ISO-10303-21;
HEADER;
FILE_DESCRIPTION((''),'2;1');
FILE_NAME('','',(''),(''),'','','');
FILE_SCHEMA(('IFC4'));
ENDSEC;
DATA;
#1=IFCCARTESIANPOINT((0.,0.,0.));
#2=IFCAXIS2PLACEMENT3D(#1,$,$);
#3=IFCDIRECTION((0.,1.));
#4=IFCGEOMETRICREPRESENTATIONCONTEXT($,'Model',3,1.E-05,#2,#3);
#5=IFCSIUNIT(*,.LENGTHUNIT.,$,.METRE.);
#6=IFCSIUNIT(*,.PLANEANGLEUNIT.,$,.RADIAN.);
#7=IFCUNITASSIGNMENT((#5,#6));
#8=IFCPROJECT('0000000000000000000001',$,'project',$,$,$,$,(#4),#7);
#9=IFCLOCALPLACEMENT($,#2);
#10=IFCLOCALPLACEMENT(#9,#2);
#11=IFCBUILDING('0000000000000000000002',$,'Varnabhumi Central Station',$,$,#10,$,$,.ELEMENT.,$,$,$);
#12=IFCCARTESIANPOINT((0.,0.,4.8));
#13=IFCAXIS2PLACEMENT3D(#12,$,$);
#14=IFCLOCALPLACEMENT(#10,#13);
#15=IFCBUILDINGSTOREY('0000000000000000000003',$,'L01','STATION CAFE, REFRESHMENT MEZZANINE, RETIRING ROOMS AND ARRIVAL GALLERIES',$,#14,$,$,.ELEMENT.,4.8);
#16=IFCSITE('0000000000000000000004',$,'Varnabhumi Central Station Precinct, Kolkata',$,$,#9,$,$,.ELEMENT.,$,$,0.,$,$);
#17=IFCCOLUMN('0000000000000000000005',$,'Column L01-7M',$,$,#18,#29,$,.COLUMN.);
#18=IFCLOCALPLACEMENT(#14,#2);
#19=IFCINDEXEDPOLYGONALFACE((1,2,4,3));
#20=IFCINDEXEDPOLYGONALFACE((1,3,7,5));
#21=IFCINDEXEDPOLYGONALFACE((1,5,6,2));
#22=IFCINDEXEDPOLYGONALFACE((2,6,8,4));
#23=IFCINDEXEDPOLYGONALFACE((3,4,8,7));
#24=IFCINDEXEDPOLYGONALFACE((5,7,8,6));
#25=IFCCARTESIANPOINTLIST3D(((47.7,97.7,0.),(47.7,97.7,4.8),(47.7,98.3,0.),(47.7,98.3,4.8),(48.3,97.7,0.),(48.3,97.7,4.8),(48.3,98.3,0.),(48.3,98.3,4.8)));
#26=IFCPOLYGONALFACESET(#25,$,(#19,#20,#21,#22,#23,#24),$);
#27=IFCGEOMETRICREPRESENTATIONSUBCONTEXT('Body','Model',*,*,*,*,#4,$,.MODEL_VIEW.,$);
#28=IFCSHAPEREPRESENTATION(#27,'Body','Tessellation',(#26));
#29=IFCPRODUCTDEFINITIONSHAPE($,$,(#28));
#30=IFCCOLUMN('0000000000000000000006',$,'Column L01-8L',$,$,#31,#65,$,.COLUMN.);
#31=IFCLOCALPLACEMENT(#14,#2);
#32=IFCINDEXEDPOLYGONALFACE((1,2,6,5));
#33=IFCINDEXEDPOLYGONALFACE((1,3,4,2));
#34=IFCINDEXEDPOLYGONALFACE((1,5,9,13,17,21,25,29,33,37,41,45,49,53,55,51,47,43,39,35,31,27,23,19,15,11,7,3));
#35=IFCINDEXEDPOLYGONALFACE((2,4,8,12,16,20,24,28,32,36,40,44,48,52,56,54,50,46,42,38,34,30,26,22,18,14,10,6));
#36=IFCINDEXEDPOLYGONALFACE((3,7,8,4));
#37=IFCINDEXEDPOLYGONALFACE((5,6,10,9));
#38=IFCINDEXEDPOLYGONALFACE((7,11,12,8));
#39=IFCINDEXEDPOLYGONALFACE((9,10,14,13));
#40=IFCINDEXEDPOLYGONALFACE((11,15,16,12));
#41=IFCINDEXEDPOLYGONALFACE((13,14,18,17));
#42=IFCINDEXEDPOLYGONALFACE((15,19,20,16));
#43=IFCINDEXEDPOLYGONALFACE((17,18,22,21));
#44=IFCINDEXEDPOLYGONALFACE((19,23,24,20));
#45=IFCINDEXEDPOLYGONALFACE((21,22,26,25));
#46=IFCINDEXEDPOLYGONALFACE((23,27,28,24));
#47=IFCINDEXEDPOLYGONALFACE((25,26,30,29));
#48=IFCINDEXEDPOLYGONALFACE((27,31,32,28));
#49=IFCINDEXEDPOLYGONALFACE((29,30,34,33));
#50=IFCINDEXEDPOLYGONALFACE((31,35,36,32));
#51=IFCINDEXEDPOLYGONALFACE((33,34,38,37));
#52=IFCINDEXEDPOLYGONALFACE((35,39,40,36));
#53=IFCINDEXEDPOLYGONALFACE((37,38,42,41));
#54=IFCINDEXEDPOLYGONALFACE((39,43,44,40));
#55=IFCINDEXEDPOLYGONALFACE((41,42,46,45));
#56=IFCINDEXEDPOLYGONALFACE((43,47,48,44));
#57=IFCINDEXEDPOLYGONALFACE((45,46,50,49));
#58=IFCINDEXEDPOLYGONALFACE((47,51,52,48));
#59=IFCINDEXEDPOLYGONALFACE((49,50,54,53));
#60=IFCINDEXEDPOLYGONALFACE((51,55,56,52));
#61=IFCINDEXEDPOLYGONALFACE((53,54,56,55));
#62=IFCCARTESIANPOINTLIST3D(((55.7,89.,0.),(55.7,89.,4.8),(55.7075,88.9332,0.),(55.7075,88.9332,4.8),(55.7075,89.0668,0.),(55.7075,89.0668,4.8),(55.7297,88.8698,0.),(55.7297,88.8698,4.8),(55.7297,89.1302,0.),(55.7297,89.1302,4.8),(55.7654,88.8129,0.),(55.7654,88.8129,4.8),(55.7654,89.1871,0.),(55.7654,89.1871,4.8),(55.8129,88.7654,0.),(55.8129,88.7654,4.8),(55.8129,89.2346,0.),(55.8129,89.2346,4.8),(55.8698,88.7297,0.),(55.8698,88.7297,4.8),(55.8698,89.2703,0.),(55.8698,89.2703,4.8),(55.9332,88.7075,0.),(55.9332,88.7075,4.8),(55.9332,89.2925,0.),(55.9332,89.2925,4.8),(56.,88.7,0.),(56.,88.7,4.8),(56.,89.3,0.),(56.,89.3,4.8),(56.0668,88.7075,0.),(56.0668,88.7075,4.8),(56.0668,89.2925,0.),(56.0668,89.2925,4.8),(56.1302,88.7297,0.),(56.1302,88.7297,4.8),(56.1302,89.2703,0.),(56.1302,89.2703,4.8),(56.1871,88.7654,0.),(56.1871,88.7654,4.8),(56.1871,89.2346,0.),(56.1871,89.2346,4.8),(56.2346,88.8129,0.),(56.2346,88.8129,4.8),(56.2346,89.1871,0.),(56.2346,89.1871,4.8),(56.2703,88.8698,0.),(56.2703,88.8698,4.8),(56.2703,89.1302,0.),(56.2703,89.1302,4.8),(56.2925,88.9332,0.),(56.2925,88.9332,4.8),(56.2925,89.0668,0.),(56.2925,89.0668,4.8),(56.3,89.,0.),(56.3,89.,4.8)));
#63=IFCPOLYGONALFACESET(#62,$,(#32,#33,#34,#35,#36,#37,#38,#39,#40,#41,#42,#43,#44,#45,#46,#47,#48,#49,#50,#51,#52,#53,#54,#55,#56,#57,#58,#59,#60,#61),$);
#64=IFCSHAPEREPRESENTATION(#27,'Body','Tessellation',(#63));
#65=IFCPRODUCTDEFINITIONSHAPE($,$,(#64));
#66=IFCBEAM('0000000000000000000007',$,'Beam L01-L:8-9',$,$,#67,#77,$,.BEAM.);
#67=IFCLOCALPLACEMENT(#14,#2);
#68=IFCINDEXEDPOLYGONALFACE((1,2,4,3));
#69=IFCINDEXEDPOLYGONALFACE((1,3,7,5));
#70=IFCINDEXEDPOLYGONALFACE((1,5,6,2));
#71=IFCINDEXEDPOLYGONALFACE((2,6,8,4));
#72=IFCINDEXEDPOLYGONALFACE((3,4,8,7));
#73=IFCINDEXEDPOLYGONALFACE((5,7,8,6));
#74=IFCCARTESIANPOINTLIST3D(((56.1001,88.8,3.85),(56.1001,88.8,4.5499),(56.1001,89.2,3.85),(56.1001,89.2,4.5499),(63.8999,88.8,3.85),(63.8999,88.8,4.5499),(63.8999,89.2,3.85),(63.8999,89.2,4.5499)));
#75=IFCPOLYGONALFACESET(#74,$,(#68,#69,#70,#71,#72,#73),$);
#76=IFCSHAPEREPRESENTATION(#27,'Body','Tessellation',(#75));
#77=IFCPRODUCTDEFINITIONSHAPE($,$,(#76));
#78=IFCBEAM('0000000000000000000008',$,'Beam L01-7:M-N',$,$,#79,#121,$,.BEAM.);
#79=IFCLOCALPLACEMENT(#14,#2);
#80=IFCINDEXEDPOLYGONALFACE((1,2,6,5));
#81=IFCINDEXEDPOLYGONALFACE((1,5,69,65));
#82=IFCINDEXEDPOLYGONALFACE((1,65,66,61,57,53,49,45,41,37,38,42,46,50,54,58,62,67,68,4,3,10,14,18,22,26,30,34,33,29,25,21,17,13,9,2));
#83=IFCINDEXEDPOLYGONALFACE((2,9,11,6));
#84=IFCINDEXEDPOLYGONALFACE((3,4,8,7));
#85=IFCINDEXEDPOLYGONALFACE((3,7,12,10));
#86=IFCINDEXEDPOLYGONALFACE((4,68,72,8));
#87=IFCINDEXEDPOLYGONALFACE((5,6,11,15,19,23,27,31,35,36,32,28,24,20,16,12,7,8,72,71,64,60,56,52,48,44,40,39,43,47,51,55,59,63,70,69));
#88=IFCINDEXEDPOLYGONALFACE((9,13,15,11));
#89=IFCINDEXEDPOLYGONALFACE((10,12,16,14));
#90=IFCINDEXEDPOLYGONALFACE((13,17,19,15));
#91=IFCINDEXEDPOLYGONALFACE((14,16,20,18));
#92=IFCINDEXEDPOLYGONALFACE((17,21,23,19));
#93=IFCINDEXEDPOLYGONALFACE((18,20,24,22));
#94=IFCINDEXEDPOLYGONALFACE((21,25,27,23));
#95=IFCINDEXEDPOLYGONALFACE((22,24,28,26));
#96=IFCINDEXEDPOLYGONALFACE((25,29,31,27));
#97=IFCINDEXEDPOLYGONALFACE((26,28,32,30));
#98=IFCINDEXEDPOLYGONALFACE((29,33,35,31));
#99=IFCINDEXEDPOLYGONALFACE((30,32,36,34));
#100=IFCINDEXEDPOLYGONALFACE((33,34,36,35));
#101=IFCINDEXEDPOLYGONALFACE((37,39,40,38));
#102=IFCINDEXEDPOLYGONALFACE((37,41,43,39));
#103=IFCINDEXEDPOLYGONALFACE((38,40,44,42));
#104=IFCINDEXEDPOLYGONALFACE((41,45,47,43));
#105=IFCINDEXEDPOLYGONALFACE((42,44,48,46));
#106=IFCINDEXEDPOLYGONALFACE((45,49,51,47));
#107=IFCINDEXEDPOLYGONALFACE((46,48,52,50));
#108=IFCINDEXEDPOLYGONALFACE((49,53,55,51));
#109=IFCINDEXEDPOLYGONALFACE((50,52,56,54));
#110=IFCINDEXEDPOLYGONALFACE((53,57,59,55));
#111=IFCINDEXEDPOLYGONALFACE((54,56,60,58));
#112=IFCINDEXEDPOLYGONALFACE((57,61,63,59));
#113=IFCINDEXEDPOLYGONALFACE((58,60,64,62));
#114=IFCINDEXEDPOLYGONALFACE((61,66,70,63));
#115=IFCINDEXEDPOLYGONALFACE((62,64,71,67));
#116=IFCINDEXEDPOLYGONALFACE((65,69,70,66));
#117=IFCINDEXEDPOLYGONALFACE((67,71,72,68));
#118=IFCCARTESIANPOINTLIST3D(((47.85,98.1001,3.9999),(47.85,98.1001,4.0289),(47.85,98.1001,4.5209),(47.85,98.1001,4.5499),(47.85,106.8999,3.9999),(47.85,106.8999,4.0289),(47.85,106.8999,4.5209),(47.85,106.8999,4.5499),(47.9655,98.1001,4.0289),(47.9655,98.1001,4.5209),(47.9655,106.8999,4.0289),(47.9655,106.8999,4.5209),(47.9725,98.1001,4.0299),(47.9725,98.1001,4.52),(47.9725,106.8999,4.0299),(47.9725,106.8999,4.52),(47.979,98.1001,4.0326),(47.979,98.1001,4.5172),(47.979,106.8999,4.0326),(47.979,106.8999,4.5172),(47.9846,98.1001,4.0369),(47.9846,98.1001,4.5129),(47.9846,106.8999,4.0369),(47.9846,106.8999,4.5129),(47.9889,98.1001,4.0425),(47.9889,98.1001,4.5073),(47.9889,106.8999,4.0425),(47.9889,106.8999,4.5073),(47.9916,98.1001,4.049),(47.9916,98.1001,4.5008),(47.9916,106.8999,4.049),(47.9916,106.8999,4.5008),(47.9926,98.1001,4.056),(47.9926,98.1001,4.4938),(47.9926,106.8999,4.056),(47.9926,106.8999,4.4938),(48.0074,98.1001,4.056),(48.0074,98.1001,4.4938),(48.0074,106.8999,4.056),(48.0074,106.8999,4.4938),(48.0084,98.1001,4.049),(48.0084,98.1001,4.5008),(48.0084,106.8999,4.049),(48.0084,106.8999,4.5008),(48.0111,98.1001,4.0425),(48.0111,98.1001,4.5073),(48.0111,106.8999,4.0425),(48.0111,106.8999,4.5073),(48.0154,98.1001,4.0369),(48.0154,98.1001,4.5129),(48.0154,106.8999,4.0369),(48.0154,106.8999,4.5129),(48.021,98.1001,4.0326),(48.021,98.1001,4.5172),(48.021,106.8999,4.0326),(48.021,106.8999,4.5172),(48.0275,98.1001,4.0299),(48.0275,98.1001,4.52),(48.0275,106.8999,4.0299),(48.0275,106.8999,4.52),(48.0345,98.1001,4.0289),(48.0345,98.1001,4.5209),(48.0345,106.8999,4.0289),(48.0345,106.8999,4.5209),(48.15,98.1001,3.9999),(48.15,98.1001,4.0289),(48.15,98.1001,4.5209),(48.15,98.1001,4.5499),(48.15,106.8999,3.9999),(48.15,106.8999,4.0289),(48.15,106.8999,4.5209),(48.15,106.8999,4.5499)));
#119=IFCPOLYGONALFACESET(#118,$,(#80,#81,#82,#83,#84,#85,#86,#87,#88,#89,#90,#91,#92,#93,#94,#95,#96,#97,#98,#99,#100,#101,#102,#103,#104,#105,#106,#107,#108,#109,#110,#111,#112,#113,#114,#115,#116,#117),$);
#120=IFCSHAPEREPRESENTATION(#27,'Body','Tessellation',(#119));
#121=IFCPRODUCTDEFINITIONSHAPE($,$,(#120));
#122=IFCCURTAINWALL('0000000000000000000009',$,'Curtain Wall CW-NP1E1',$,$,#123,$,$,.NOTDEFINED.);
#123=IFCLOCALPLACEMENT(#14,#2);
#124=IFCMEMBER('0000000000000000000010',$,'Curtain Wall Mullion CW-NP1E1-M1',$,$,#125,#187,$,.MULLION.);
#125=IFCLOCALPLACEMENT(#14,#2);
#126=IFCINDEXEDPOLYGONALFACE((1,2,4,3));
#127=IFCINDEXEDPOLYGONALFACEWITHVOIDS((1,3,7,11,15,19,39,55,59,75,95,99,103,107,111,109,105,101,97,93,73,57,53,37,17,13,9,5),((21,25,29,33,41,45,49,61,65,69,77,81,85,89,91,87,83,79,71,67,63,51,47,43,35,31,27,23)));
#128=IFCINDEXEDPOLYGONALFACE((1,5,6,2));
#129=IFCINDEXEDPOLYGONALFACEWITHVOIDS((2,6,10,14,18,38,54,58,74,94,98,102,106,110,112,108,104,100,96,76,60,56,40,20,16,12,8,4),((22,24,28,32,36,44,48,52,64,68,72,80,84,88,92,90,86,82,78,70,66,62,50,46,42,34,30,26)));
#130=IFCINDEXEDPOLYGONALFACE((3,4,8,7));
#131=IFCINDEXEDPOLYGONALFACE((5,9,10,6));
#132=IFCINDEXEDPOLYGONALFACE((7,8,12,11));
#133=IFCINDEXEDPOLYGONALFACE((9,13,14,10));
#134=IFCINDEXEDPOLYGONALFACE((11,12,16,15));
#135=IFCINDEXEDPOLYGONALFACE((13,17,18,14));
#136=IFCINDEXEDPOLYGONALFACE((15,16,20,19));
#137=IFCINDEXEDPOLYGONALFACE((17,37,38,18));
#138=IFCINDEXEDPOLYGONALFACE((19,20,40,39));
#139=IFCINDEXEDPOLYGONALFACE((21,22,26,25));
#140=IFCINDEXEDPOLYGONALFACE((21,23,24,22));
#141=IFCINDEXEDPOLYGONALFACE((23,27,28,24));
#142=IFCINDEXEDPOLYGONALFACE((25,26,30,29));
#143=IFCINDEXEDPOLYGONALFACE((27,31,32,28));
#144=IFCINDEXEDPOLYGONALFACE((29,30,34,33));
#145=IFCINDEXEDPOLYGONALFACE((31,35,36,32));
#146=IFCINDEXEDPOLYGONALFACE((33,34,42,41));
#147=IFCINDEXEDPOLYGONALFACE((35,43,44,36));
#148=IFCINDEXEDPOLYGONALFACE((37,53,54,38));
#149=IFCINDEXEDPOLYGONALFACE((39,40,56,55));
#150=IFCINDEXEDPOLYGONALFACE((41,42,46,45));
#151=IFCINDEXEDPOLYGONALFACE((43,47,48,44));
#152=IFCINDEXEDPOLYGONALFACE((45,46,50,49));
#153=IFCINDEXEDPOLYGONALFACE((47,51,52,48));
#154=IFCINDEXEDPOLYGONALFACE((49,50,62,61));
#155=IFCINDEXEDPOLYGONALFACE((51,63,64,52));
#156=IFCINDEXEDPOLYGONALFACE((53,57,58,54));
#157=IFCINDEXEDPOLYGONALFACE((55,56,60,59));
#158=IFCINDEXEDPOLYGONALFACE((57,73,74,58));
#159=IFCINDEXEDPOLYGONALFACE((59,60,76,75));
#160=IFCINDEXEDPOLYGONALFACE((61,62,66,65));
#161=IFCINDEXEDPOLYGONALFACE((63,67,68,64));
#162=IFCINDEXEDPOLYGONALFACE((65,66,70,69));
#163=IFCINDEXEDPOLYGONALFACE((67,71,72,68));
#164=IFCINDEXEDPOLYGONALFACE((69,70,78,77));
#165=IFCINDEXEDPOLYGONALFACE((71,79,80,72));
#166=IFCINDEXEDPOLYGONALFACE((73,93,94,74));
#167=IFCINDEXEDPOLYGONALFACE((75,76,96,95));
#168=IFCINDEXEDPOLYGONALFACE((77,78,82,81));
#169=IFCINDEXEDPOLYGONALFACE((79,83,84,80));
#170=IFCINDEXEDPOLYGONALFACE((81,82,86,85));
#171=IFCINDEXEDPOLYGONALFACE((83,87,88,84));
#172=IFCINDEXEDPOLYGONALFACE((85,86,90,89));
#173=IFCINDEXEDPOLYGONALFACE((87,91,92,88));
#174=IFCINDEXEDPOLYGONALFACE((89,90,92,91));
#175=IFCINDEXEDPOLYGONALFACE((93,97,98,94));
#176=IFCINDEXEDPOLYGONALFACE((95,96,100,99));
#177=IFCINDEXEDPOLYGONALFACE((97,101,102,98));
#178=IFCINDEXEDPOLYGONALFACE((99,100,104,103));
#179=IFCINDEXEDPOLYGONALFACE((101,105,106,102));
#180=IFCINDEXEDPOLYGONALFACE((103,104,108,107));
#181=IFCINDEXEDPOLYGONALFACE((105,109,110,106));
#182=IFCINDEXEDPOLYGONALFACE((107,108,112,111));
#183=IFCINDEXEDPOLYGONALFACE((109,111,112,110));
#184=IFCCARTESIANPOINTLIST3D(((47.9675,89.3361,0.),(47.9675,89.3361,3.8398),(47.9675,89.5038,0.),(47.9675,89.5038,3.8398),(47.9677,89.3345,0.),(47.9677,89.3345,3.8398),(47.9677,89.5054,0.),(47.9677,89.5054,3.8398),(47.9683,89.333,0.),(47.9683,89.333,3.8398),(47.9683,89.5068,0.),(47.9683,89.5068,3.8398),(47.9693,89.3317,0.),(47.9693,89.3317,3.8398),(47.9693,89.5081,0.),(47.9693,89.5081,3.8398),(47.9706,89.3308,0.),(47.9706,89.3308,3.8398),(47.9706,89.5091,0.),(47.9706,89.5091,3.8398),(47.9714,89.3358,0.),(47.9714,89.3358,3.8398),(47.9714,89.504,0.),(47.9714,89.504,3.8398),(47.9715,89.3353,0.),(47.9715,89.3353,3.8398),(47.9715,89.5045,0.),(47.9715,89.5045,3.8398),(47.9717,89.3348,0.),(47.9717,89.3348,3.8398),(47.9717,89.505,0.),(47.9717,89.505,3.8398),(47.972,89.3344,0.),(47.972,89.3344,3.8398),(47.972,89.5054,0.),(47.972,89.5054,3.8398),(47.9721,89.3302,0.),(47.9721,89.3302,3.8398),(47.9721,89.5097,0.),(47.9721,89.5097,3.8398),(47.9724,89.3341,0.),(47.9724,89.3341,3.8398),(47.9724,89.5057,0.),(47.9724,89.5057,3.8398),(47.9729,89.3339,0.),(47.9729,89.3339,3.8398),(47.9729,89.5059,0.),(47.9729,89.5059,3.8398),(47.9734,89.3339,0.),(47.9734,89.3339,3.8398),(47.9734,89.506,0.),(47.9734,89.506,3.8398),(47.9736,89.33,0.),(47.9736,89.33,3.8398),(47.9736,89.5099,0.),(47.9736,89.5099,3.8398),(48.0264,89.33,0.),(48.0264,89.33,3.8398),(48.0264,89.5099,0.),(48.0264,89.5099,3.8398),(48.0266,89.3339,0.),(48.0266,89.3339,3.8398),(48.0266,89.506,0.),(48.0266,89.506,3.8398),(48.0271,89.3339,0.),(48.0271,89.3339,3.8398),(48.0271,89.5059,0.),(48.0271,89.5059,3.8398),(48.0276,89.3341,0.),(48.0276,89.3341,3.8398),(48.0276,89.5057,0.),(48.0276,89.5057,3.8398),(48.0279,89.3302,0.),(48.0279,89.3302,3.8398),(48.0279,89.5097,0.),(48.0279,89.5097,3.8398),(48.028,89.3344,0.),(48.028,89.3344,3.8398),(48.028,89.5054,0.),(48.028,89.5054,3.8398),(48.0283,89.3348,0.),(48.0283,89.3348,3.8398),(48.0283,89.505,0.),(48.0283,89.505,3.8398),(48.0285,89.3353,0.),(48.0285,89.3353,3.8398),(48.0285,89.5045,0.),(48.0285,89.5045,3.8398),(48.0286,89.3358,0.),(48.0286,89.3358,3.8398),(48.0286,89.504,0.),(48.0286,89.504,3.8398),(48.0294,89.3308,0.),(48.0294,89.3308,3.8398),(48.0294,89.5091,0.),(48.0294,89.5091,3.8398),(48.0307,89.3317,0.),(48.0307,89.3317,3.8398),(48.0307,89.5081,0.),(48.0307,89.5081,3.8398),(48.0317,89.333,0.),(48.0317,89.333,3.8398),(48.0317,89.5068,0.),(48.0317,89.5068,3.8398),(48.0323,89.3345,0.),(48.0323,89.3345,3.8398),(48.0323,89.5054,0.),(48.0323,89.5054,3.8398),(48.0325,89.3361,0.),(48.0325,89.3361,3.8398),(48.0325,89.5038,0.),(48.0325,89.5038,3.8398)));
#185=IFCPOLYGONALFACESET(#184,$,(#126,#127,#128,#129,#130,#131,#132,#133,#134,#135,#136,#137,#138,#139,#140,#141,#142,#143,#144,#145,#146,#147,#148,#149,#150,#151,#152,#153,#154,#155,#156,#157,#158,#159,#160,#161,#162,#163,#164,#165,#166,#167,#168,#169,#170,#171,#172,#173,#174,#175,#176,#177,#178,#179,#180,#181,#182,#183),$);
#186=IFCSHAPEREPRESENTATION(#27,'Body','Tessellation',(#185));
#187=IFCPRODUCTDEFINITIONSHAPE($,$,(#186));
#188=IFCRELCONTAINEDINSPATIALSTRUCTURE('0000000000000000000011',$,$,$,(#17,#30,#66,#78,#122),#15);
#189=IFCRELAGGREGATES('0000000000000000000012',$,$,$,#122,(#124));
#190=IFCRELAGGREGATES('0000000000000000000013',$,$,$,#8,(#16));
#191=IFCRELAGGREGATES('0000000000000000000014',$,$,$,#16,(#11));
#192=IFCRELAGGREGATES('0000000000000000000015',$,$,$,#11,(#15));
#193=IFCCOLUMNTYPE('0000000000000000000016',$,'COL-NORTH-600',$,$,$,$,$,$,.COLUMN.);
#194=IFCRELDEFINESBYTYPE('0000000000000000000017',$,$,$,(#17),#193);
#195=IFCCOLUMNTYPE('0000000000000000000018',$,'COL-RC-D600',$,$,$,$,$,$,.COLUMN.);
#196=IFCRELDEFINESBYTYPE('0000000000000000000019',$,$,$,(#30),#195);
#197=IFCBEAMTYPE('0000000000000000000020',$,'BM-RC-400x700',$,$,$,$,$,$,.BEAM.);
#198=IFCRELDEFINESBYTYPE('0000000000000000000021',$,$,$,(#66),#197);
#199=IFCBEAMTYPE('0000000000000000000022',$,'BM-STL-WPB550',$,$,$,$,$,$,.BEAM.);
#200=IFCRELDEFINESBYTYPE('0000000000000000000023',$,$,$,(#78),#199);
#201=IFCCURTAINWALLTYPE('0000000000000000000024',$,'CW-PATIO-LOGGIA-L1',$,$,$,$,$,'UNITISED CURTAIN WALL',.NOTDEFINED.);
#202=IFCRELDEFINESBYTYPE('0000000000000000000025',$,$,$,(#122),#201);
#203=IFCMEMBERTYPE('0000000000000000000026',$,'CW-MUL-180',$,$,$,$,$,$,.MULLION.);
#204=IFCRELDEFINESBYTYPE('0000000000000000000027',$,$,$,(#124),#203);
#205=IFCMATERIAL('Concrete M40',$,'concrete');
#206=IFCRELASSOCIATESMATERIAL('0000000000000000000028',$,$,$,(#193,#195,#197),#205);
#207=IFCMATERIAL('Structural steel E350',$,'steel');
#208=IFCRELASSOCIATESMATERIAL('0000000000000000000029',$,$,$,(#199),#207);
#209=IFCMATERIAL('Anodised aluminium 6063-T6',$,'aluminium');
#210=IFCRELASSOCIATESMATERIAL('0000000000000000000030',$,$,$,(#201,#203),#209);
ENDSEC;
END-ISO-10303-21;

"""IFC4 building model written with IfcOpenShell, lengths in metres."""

from ifc_helpers import new_model, si_unit, direction, frame, origin, origin_2d, place, context, subcontext, project, spatial, rectangle, hollow_rectangle, circle, i_section, extrude, material, material_profile, profile_set, type_object, element, aggregate, save


model = new_model("IFC4")

# Units and contexts
model_context = context("Model", 3, precision=1e-05, world=origin(), true_north=direction((0.0, 1.0)))
body_context = subcontext(model_context, "Body", "Model", "MODEL_VIEW")
ifc_project = project(units=[si_unit("LENGTHUNIT", "METRE"), si_unit("PLANEANGLEUNIT", "RADIAN")], contexts=[model_context])

# Site, building, storey
site_placement = place(None, origin())
site = spatial("IfcSite", under=ifc_project, at=site_placement, Name="Varnabhumi Central Station Precinct, Kolkata", CompositionType="ELEMENT", RefElevation=0.0)
building_placement = place(site_placement, origin())
building = spatial("IfcBuilding", under=site, at=building_placement, Name="Varnabhumi Central Station", CompositionType="ELEMENT")
storey_placement = place(building_placement, frame((0.0, 0.0, 4.8)))
storey = spatial("IfcBuildingStorey", under=building, at=storey_placement, Name="L01", Description="STATION CAFE, REFRESHMENT MEZZANINE, RETIRING ROOMS AND ARRIVAL GALLERIES", CompositionType="ELEMENT", Elevation=4.8)

# Columns
ifc_material_1 = material(Name="Concrete M40", Category="concrete")
ifc_material_profile_1 = material_profile(ifc_material_1, rectangle(XDim=0.6001, YDim=0.6001, at=origin_2d()), Name="Concrete M40", Category="concrete")
ifc_profile_set_1 = profile_set([ifc_material_profile_1], Name="Concrete M40")
column_type_1 = type_object("IfcColumnType", Name="COL-NORTH-600", PredefinedType="COLUMN", material=ifc_profile_set_1)
column_1_placement = place(storey_placement, frame((48.0, 98.0, 0.0), z_axis=(0.0, 0.0, 1.0), x_axis=(1.0, 0.0, 0.0)))
element("IfcColumn", 1, at=column_1_placement, inside=storey, type_object=column_type_1, Name="Column L01-7M", PredefinedType="COLUMN", context=body_context, shape_type="SweptSolid", body=[
    extrude(rectangle(XDim=0.6001, YDim=0.6001, at=origin_2d()), origin(), (0.0, 0.0, 1.0), 4.8),
])
ifc_material_profile_2 = material_profile(ifc_material_1, circle(Radius=0.3, at=origin_2d()), Name="Concrete M40", Category="concrete")
ifc_profile_set_2 = profile_set([ifc_material_profile_2], Name="Concrete M40")
column_type_2 = type_object("IfcColumnType", Name="COL-RC-D600", PredefinedType="COLUMN", material=ifc_profile_set_2)
column_2_placement = place(storey_placement, frame((56.0, 89.0, 0.0), z_axis=(0.0, 0.0, 1.0), x_axis=(1.0, 0.0, 0.0)))
element("IfcColumn", 2, at=column_2_placement, inside=storey, type_object=column_type_2, Name="Column L01-8L", PredefinedType="COLUMN", context=body_context, shape_type="SweptSolid", body=[
    extrude(circle(Radius=0.3, at=origin_2d()), origin(), (0.0, 0.0, 1.0), 4.8),
])

# Beams
ifc_material_profile_3 = material_profile(ifc_material_1, rectangle(XDim=0.3999, YDim=0.7, at=origin_2d()), Name="Concrete M40", Category="concrete")
ifc_profile_set_3 = profile_set([ifc_material_profile_3], Name="Concrete M40")
beam_type_1 = type_object("IfcBeamType", Name="BM-RC-400x700", PredefinedType="BEAM", material=ifc_profile_set_3)
beam_1_placement = place(storey_placement, frame((56.1001, 89.0, 4.2), z_axis=(1.0, 0.0, 0.0), x_axis=(0.0, 1.0, 0.0)))
element("IfcBeam", 3, at=beam_1_placement, inside=storey, type_object=beam_type_1, Name="Beam L01-L:8-9", PredefinedType="BEAM", context=body_context, shape_type="SweptSolid", body=[
    extrude(rectangle(XDim=0.3999, YDim=0.7, at=origin_2d()), origin(), (0.0, 0.0, 1.0), 7.7998),
])
ifc_material_2 = material(Name="Structural steel E350", Category="steel")
ifc_material_profile_4 = material_profile(ifc_material_2, i_section(OverallWidth=0.3, OverallDepth=0.55, WebThickness=0.0149, FlangeThickness=0.0291, FilletRadius=0.0271, at=origin_2d()), Name="Structural steel E350", Category="steel")
ifc_profile_set_4 = profile_set([ifc_material_profile_4], Name="Structural steel E350")
beam_type_2 = type_object("IfcBeamType", Name="BM-STL-WPB550", PredefinedType="BEAM", material=ifc_profile_set_4)
beam_2_placement = place(storey_placement, frame((48.0, 98.1001, 4.2749), z_axis=(0.0, 1.0, 0.0), x_axis=(-1.0, 0.0, 0.0)))
element("IfcBeam", 4, at=beam_2_placement, inside=storey, type_object=beam_type_2, Name="Beam L01-7:M-N", PredefinedType="BEAM", context=body_context, shape_type="SweptSolid", body=[
    extrude(i_section(OverallWidth=0.3, OverallDepth=0.55, WebThickness=0.0149, FlangeThickness=0.0291, FilletRadius=0.0271, at=origin_2d()), origin(), (0.0, 0.0, 1.0), 8.7998),
])

# Curtain wall, member
ifc_material_3 = material(Name="Anodised aluminium 6063-T6", Category="aluminium")
curtain_wall_type = type_object("IfcCurtainWallType", Name="CW-PATIO-LOGGIA-L1", ElementType="UNITISED CURTAIN WALL", PredefinedType="NOTDEFINED", material=ifc_material_3)
curtain_wall_1_placement = place(storey_placement, origin())
curtain_wall_1 = element("IfcCurtainWall", 5, at=curtain_wall_1_placement, inside=storey, type_object=curtain_wall_type, Name="Curtain Wall CW-NP1E1", PredefinedType="NOTDEFINED")
ifc_material_profile_5 = material_profile(ifc_material_3, hollow_rectangle(XDim=0.0649, YDim=0.1799, WallThickness=0.0039, InnerFilletRadius=0.002, OuterFilletRadius=0.0061, at=origin_2d()), Name="Anodised aluminium 6063-T6", Category="aluminium")
ifc_profile_set_5 = profile_set([ifc_material_profile_5], Name="Anodised aluminium 6063-T6")
member_type_1 = type_object("IfcMemberType", Name="CW-MUL-180", PredefinedType="MULLION", material=ifc_profile_set_5)
member_1_placement = place(storey_placement, frame((48.0, 89.4199, 0.0), z_axis=(0.0, 0.0, 1.0), x_axis=(1.0, 0.0, 0.0)))
member_1 = element("IfcMember", 6, at=member_1_placement, type_object=member_type_1, Name="Curtain Wall Mullion CW-NP1E1-M1", PredefinedType="MULLION", context=body_context, shape_type="SweptSolid", body=[
    extrude(hollow_rectangle(XDim=0.0649, YDim=0.1799, WallThickness=0.0039, InnerFilletRadius=0.002, OuterFilletRadius=0.0061, at=origin_2d()), origin(), (0.0, 0.0, 1.0), 3.8398),
])

aggregate(curtain_wall_1, [member_1])

save(model, "model.ifc")
